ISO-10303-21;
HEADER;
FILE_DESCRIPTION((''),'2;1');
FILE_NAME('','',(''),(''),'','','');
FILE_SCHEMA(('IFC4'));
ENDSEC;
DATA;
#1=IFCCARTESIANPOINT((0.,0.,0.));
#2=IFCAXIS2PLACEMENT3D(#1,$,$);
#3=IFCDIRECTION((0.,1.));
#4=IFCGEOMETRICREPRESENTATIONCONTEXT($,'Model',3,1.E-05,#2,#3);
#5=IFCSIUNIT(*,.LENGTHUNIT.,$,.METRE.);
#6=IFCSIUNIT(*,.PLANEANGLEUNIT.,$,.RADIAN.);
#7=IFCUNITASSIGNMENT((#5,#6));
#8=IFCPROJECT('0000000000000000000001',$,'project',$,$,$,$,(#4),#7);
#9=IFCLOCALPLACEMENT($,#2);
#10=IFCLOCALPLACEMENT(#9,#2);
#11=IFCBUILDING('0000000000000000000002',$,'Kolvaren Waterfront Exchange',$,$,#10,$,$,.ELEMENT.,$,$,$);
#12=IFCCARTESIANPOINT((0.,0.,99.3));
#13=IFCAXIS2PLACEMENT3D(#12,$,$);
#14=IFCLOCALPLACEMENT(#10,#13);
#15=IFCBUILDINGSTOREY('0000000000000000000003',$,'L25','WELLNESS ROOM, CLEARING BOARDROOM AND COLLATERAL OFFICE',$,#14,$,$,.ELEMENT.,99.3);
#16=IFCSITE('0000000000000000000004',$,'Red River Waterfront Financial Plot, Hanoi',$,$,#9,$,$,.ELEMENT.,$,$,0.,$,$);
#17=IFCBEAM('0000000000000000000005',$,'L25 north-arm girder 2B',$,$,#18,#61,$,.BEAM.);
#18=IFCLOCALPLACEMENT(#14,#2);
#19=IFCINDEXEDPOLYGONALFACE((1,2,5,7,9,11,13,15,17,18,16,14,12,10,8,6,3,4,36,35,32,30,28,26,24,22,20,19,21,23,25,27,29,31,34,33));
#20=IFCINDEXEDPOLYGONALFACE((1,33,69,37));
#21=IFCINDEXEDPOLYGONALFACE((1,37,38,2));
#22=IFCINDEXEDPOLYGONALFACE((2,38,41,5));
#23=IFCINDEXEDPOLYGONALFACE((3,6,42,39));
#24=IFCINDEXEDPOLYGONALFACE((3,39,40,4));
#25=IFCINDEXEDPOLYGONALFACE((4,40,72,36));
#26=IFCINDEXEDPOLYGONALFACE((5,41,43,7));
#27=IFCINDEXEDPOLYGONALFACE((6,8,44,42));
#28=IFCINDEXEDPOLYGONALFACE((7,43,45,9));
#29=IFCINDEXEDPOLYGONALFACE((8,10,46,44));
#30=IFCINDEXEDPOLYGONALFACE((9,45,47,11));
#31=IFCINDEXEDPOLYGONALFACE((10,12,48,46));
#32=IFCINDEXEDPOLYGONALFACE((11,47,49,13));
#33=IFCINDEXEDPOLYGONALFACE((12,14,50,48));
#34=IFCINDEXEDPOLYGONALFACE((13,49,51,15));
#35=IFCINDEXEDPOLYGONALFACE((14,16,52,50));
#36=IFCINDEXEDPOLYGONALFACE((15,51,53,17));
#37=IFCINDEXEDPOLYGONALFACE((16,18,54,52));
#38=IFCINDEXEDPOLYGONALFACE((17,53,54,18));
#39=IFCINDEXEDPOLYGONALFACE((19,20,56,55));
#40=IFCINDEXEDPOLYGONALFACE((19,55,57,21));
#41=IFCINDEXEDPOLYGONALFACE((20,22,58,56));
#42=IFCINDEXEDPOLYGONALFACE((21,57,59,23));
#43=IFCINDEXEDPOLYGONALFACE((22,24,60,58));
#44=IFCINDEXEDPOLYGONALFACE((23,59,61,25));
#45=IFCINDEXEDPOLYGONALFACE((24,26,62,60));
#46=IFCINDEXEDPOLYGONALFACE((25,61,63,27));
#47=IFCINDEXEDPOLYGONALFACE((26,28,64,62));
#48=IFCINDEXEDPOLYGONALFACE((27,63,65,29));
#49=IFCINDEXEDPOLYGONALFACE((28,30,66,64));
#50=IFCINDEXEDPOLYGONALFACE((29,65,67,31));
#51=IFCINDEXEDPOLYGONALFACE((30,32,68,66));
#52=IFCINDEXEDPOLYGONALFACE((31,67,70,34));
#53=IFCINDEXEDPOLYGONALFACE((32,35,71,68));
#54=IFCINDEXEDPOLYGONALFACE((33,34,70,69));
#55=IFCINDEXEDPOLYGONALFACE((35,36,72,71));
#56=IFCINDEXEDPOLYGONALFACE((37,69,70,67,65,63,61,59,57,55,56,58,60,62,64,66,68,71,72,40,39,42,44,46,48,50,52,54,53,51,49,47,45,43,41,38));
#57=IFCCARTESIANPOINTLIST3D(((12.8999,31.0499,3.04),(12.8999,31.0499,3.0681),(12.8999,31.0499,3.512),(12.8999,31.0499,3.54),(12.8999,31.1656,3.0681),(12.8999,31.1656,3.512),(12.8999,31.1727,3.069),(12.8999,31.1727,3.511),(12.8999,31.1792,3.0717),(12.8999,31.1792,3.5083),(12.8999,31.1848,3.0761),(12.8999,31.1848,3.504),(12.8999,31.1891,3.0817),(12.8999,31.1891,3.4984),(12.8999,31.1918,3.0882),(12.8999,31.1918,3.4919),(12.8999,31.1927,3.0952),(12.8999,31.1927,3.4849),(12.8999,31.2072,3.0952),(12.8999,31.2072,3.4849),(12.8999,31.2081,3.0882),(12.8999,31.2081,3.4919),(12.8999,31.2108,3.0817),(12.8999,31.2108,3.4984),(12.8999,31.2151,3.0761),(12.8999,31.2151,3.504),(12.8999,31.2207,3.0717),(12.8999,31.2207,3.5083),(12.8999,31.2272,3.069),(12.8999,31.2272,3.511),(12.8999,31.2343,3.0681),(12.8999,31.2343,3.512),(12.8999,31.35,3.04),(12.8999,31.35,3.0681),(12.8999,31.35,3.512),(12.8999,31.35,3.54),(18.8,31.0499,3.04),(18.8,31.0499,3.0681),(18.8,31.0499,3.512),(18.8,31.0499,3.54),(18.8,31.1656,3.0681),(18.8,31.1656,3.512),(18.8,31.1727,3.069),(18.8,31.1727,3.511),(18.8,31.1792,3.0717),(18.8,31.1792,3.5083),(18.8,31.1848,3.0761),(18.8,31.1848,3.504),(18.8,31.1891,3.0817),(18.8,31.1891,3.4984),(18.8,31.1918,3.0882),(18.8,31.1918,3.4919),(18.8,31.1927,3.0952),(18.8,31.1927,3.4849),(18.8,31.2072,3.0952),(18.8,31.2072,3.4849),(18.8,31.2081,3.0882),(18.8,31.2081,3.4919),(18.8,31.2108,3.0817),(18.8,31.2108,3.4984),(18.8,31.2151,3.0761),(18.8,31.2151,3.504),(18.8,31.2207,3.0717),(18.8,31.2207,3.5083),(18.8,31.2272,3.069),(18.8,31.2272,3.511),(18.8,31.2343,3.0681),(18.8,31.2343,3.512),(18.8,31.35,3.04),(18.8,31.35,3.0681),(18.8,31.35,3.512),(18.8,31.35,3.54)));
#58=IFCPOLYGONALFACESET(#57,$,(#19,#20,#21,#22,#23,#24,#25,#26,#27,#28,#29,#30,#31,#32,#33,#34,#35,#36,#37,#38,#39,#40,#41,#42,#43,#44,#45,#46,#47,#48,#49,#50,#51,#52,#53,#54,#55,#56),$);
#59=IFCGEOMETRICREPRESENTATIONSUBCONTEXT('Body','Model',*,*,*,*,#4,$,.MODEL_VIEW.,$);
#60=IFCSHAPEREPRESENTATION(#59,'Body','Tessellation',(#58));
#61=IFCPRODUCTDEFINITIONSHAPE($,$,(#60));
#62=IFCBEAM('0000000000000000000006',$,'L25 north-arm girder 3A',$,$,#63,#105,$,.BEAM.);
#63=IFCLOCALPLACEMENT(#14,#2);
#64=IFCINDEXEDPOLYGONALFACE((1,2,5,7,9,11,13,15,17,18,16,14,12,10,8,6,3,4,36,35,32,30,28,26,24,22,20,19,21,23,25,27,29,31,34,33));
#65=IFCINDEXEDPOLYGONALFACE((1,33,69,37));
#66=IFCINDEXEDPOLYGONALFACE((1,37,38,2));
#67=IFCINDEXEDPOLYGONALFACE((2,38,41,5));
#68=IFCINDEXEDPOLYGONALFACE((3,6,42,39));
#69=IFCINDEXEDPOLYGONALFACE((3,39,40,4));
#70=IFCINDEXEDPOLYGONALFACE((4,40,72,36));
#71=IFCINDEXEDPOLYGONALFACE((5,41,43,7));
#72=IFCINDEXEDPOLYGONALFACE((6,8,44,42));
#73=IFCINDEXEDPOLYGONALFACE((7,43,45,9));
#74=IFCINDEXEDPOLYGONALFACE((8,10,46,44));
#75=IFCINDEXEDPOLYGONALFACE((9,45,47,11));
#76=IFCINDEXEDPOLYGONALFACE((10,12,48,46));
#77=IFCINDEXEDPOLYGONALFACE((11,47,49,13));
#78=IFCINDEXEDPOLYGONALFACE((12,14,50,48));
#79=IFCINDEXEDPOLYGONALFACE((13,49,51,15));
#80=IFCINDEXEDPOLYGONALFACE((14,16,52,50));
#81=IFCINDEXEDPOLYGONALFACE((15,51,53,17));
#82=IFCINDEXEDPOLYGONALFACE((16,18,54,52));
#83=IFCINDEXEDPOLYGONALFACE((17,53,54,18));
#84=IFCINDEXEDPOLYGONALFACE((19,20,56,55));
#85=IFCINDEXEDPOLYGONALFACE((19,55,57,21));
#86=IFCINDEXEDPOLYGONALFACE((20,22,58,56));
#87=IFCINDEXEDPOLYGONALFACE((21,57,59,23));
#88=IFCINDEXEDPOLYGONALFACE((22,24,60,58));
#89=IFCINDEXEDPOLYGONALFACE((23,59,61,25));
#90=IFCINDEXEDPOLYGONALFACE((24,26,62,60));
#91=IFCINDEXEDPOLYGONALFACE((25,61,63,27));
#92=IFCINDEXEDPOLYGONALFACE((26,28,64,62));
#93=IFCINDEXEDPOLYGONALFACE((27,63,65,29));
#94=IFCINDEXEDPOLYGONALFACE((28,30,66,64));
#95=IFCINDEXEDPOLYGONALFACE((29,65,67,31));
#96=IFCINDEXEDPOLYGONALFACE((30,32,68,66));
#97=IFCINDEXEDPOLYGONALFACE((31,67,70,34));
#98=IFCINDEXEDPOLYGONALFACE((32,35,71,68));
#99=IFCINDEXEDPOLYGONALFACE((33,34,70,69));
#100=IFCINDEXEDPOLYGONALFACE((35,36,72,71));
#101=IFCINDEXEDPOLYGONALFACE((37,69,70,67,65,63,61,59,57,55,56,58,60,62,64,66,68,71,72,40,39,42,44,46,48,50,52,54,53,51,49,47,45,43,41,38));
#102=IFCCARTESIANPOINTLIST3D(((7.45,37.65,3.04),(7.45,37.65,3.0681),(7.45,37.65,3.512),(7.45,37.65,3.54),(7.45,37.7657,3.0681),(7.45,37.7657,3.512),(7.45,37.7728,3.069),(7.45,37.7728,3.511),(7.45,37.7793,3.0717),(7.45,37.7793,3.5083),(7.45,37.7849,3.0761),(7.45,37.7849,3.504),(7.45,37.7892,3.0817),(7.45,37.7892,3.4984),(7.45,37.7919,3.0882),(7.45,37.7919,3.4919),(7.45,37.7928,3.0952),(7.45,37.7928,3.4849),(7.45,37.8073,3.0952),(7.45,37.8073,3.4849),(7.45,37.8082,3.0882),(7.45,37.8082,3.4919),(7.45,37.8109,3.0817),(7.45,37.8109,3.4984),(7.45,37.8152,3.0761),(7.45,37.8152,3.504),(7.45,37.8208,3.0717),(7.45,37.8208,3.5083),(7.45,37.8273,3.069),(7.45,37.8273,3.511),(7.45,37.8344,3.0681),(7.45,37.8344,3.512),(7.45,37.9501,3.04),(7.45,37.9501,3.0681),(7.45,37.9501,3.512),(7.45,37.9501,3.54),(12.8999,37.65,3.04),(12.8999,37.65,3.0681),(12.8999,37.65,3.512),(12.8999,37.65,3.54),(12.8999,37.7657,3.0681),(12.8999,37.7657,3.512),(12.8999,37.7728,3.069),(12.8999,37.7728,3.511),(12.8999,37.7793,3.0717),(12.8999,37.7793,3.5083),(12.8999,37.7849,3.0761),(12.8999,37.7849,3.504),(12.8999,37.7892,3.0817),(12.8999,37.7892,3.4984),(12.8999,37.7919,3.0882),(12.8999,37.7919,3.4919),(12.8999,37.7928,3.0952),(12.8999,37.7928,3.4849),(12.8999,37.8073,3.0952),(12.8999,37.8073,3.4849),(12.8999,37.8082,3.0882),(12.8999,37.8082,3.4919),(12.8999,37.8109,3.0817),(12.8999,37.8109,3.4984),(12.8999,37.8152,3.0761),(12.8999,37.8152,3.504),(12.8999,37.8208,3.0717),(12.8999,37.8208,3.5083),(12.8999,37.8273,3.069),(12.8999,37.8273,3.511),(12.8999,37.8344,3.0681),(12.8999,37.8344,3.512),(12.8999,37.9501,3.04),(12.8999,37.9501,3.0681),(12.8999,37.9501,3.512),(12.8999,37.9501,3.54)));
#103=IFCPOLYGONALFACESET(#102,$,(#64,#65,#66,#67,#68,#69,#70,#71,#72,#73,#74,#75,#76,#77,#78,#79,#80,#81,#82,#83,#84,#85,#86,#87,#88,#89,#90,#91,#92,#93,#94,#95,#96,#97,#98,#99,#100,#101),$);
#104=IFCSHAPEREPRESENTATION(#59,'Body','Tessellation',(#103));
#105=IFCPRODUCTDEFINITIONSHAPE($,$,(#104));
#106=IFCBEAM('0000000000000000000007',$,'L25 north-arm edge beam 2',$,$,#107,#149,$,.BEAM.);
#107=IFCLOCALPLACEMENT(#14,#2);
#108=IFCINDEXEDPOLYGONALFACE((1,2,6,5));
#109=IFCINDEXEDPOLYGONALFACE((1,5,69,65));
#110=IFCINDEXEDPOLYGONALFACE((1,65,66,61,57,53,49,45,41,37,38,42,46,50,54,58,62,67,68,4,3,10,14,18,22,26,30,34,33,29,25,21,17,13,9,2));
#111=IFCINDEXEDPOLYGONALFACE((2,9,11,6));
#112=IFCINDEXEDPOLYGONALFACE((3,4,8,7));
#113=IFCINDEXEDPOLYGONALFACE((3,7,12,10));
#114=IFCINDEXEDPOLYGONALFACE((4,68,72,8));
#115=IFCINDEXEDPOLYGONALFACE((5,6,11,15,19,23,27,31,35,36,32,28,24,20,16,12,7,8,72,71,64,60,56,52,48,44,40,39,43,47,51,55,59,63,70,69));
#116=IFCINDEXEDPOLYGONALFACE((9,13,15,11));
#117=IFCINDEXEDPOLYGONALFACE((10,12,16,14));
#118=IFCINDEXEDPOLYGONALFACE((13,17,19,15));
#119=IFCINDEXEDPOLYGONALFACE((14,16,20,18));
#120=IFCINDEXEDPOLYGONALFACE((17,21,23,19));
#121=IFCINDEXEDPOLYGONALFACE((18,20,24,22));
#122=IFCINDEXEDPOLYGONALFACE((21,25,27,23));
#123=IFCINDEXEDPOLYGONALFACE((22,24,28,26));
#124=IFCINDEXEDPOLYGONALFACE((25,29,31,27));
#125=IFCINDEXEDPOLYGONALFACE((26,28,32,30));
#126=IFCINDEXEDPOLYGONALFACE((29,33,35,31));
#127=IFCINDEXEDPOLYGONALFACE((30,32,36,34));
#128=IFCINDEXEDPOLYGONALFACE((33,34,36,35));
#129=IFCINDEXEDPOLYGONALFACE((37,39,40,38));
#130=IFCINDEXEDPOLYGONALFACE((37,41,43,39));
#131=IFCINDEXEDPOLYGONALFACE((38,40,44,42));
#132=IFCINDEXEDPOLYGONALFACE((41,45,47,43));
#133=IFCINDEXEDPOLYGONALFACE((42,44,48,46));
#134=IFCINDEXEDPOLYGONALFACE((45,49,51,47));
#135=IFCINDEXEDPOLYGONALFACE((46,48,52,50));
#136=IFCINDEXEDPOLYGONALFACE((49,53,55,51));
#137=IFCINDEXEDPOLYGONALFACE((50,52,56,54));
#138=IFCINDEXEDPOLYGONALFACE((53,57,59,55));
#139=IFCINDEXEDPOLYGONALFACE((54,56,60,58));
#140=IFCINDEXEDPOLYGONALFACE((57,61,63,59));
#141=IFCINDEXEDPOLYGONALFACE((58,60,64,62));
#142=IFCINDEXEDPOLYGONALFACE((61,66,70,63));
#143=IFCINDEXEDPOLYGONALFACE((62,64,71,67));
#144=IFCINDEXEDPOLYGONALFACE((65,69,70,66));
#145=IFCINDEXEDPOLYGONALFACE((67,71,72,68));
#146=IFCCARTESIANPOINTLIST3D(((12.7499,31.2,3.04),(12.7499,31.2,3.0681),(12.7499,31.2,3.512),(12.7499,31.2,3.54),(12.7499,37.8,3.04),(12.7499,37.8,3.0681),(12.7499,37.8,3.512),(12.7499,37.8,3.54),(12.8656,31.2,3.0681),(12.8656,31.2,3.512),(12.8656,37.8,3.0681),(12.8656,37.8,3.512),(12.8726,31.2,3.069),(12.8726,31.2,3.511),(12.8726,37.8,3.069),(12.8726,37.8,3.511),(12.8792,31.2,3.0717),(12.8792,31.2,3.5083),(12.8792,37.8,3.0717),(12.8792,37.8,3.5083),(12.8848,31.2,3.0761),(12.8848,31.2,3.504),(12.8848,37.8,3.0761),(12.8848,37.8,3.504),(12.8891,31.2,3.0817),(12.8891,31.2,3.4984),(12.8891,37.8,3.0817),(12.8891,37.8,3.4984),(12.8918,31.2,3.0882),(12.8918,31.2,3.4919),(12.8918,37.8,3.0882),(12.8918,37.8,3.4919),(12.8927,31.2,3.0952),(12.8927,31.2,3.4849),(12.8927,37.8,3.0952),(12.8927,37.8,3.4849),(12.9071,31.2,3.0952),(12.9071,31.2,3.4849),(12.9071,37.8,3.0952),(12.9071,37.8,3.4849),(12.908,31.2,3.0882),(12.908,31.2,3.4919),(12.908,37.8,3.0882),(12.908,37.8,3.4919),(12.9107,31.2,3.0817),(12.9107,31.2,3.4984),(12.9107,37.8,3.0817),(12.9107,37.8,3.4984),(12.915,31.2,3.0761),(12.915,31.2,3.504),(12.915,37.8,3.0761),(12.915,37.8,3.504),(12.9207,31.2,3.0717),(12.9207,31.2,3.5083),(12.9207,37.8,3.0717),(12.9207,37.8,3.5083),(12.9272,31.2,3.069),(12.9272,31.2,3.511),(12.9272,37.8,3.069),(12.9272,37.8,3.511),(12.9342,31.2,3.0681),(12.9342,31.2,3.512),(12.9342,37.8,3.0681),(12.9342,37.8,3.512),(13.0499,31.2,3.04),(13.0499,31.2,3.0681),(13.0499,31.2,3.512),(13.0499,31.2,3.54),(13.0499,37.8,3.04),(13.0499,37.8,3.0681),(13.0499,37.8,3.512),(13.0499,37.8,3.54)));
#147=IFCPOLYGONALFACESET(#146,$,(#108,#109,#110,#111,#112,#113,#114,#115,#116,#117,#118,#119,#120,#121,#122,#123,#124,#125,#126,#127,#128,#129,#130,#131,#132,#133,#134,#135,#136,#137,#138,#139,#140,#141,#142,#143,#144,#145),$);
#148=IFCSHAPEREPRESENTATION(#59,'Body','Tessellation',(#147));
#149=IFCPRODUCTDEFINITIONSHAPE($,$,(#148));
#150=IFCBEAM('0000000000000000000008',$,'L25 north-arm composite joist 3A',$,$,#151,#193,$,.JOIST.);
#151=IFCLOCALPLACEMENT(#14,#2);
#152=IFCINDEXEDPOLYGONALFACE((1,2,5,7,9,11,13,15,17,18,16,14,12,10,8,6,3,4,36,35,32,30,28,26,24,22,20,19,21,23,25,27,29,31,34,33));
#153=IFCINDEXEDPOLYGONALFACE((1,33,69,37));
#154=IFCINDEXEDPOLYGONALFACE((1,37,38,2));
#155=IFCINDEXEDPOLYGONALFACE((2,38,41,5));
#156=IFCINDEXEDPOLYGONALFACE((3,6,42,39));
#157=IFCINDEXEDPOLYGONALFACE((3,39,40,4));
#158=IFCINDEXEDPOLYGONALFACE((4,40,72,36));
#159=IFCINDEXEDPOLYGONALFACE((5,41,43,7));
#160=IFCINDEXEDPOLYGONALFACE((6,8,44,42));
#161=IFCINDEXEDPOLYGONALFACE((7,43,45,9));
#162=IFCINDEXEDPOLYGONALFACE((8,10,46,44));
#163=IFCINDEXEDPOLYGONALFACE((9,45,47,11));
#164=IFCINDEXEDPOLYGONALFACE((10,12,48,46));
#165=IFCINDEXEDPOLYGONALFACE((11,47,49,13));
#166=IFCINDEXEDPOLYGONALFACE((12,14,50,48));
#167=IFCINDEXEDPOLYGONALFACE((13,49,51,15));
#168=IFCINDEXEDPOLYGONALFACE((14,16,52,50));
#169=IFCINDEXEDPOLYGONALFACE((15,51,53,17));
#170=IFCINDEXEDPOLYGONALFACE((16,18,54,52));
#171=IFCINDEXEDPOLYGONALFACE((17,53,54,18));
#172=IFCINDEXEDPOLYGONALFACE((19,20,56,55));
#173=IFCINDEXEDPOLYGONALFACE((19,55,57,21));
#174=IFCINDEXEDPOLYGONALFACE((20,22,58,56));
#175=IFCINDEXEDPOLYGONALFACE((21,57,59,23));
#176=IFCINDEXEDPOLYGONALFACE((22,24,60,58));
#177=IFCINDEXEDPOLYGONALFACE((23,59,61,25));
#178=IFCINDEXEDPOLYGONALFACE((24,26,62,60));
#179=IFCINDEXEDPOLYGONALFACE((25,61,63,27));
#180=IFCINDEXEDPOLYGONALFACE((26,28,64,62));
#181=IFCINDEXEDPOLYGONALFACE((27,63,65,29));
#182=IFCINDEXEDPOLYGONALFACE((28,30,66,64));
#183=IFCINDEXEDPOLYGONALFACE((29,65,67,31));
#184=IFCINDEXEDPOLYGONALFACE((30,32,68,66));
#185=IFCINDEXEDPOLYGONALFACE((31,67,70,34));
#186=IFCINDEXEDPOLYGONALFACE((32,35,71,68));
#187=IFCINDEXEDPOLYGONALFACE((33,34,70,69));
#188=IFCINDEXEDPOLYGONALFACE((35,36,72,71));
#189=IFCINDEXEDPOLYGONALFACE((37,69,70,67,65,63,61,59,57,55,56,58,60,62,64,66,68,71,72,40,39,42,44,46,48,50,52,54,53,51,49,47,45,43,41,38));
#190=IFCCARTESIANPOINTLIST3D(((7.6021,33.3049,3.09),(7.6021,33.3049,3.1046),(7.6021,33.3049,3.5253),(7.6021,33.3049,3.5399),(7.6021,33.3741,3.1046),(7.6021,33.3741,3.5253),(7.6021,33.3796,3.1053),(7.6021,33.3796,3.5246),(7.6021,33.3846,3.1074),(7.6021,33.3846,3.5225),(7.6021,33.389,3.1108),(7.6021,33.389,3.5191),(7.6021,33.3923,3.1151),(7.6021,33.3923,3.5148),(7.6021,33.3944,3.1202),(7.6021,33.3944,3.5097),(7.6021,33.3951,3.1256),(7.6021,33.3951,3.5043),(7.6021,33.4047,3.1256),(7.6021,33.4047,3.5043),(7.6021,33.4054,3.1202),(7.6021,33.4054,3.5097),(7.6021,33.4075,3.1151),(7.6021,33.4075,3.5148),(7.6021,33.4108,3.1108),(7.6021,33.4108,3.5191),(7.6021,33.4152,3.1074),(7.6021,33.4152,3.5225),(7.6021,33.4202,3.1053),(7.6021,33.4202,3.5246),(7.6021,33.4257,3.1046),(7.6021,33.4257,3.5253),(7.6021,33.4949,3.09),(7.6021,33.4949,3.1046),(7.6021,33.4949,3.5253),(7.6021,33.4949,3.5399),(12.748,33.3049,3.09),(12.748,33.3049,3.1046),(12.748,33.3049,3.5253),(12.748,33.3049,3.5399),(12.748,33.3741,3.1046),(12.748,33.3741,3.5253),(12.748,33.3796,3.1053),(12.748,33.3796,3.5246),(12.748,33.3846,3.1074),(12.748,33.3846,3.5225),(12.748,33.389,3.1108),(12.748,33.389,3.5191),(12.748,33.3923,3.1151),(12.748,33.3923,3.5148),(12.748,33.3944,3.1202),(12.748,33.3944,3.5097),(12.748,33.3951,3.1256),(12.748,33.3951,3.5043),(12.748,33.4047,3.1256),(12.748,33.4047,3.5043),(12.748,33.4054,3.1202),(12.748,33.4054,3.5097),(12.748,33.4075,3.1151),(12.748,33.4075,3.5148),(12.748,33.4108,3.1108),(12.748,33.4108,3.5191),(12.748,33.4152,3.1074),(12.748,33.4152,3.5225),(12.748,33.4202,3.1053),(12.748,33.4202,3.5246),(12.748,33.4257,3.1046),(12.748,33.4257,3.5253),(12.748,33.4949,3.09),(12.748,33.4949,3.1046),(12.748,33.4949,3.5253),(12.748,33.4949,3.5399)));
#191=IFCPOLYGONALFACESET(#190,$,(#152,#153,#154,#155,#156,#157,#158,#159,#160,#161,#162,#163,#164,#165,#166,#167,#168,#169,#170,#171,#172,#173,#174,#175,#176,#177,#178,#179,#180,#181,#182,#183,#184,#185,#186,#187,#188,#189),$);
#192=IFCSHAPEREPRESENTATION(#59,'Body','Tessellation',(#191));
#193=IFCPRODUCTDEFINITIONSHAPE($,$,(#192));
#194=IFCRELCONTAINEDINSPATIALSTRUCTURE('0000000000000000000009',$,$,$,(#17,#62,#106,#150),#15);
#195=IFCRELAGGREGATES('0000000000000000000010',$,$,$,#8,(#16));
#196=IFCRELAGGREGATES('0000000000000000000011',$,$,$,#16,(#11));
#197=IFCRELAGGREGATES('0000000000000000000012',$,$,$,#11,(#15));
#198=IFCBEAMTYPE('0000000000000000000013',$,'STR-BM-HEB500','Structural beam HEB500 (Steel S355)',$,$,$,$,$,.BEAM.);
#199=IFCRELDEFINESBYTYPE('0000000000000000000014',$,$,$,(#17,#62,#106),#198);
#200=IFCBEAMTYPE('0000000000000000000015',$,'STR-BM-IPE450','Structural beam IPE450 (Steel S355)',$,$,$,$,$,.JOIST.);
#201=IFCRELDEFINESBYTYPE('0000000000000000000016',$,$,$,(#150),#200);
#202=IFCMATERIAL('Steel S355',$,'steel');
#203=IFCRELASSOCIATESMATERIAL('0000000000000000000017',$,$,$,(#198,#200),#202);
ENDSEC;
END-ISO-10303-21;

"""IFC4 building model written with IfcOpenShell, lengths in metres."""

from ifc_helpers import new_model, si_unit, direction, frame, origin, origin_2d, place, context, subcontext, project, spatial, i_section, extrude, material, material_profile, profile_set, type_object, element, save


model = new_model("IFC4")

# Units and contexts
model_context = context("Model", 3, precision=1e-05, world=origin(), true_north=direction((0.0, 1.0)))
body_context = subcontext(model_context, "Body", "Model", "MODEL_VIEW")
ifc_project = project(units=[si_unit("LENGTHUNIT", "METRE"), si_unit("PLANEANGLEUNIT", "RADIAN")], contexts=[model_context])

# Site, building, storey
site_placement = place(None, origin())
site = spatial("IfcSite", under=ifc_project, at=site_placement, Name="Red River Waterfront Financial Plot, Hanoi", CompositionType="ELEMENT", RefElevation=0.0)
building_placement = place(site_placement, origin())
building = spatial("IfcBuilding", under=site, at=building_placement, Name="Kolvaren Waterfront Exchange", CompositionType="ELEMENT")
storey_placement = place(building_placement, frame((0.0, 0.0, 99.3)))
storey = spatial("IfcBuildingStorey", under=building, at=storey_placement, Name="L25", Description="WELLNESS ROOM, CLEARING BOARDROOM AND COLLATERAL OFFICE", CompositionType="ELEMENT", Elevation=99.3)

# Beams
ifc_material_1 = material(Name="Steel S355", Category="steel")
ifc_material_profile_1 = material_profile(ifc_material_1, i_section(OverallWidth=0.3, OverallDepth=0.5, WebThickness=0.0144, FlangeThickness=0.0281, FilletRadius=0.0271, at=origin_2d()), Name="HEB500")
ifc_profile_set_1 = profile_set([ifc_material_profile_1], Name="Steel S355")
beam_type_1 = type_object("IfcBeamType", Name="STR-BM-HEB500", Description="Structural beam HEB500 (Steel S355)", PredefinedType="BEAM", material=ifc_profile_set_1)
beam_1_placement = place(storey_placement, frame((12.8999, 31.2, 3.29), z_axis=(1.0, 0.0, 0.0), x_axis=(0.0, 1.0, 0.0)))
element("IfcBeam", 1, at=beam_1_placement, inside=storey, type_object=beam_type_1, Name="L25 north-arm girder 2B", PredefinedType="BEAM", context=body_context, shape_type="SweptSolid", body=[
    extrude(i_section(OverallWidth=0.3, OverallDepth=0.5, WebThickness=0.0144, FlangeThickness=0.0281, FilletRadius=0.0271, at=origin_2d()), origin(), (0.0, 0.0, 1.0), 5.9001),
])
beam_2_placement = place(storey_placement, frame((7.45, 37.8, 3.29), z_axis=(1.0, 0.0, 0.0), x_axis=(0.0, 1.0, 0.0)))
element("IfcBeam", 2, at=beam_2_placement, inside=storey, type_object=beam_type_1, Name="L25 north-arm girder 3A", PredefinedType="BEAM", context=body_context, shape_type="SweptSolid", body=[
    extrude(i_section(OverallWidth=0.3, OverallDepth=0.5, WebThickness=0.0144, FlangeThickness=0.0281, FilletRadius=0.0271, at=origin_2d()), origin(), (0.0, 0.0, 1.0), 5.45),
])
beam_3_placement = place(storey_placement, frame((12.8999, 31.2, 3.29), z_axis=(0.0, 1.0, 0.0), x_axis=(-1.0, 0.0, 0.0)))
element("IfcBeam", 3, at=beam_3_placement, inside=storey, type_object=beam_type_1, Name="L25 north-arm edge beam 2", PredefinedType="BEAM", context=body_context, shape_type="SweptSolid", body=[
    extrude(i_section(OverallWidth=0.3, OverallDepth=0.5, WebThickness=0.0144, FlangeThickness=0.0281, FilletRadius=0.0271, at=origin_2d()), origin(), (0.0, 0.0, 1.0), 6.6001),
])
ifc_material_profile_2 = material_profile(ifc_material_1, i_section(OverallWidth=0.1899, OverallDepth=0.45, WebThickness=0.0095, FlangeThickness=0.0146, FilletRadius=0.021, at=origin_2d()), Name="IPE450")
ifc_profile_set_2 = profile_set([ifc_material_profile_2], Name="Steel S355")
beam_type_2 = type_object("IfcBeamType", Name="STR-BM-IPE450", Description="Structural beam IPE450 (Steel S355)", PredefinedType="JOIST", material=ifc_profile_set_2)
beam_4_placement = place(storey_placement, frame((7.6021, 33.3999, 3.3149), z_axis=(1.0, 0.0, 0.0), x_axis=(0.0, 1.0, 0.0)))
element("IfcBeam", 4, at=beam_4_placement, inside=storey, type_object=beam_type_2, Name="L25 north-arm composite joist 3A", PredefinedType="JOIST", context=body_context, shape_type="SweptSolid", body=[
    extrude(i_section(OverallWidth=0.1899, OverallDepth=0.45, WebThickness=0.0095, FlangeThickness=0.0146, FilletRadius=0.021, at=origin_2d()), origin(), (0.0, 0.0, 1.0), 5.146),
])

save(model, "model.ifc")
